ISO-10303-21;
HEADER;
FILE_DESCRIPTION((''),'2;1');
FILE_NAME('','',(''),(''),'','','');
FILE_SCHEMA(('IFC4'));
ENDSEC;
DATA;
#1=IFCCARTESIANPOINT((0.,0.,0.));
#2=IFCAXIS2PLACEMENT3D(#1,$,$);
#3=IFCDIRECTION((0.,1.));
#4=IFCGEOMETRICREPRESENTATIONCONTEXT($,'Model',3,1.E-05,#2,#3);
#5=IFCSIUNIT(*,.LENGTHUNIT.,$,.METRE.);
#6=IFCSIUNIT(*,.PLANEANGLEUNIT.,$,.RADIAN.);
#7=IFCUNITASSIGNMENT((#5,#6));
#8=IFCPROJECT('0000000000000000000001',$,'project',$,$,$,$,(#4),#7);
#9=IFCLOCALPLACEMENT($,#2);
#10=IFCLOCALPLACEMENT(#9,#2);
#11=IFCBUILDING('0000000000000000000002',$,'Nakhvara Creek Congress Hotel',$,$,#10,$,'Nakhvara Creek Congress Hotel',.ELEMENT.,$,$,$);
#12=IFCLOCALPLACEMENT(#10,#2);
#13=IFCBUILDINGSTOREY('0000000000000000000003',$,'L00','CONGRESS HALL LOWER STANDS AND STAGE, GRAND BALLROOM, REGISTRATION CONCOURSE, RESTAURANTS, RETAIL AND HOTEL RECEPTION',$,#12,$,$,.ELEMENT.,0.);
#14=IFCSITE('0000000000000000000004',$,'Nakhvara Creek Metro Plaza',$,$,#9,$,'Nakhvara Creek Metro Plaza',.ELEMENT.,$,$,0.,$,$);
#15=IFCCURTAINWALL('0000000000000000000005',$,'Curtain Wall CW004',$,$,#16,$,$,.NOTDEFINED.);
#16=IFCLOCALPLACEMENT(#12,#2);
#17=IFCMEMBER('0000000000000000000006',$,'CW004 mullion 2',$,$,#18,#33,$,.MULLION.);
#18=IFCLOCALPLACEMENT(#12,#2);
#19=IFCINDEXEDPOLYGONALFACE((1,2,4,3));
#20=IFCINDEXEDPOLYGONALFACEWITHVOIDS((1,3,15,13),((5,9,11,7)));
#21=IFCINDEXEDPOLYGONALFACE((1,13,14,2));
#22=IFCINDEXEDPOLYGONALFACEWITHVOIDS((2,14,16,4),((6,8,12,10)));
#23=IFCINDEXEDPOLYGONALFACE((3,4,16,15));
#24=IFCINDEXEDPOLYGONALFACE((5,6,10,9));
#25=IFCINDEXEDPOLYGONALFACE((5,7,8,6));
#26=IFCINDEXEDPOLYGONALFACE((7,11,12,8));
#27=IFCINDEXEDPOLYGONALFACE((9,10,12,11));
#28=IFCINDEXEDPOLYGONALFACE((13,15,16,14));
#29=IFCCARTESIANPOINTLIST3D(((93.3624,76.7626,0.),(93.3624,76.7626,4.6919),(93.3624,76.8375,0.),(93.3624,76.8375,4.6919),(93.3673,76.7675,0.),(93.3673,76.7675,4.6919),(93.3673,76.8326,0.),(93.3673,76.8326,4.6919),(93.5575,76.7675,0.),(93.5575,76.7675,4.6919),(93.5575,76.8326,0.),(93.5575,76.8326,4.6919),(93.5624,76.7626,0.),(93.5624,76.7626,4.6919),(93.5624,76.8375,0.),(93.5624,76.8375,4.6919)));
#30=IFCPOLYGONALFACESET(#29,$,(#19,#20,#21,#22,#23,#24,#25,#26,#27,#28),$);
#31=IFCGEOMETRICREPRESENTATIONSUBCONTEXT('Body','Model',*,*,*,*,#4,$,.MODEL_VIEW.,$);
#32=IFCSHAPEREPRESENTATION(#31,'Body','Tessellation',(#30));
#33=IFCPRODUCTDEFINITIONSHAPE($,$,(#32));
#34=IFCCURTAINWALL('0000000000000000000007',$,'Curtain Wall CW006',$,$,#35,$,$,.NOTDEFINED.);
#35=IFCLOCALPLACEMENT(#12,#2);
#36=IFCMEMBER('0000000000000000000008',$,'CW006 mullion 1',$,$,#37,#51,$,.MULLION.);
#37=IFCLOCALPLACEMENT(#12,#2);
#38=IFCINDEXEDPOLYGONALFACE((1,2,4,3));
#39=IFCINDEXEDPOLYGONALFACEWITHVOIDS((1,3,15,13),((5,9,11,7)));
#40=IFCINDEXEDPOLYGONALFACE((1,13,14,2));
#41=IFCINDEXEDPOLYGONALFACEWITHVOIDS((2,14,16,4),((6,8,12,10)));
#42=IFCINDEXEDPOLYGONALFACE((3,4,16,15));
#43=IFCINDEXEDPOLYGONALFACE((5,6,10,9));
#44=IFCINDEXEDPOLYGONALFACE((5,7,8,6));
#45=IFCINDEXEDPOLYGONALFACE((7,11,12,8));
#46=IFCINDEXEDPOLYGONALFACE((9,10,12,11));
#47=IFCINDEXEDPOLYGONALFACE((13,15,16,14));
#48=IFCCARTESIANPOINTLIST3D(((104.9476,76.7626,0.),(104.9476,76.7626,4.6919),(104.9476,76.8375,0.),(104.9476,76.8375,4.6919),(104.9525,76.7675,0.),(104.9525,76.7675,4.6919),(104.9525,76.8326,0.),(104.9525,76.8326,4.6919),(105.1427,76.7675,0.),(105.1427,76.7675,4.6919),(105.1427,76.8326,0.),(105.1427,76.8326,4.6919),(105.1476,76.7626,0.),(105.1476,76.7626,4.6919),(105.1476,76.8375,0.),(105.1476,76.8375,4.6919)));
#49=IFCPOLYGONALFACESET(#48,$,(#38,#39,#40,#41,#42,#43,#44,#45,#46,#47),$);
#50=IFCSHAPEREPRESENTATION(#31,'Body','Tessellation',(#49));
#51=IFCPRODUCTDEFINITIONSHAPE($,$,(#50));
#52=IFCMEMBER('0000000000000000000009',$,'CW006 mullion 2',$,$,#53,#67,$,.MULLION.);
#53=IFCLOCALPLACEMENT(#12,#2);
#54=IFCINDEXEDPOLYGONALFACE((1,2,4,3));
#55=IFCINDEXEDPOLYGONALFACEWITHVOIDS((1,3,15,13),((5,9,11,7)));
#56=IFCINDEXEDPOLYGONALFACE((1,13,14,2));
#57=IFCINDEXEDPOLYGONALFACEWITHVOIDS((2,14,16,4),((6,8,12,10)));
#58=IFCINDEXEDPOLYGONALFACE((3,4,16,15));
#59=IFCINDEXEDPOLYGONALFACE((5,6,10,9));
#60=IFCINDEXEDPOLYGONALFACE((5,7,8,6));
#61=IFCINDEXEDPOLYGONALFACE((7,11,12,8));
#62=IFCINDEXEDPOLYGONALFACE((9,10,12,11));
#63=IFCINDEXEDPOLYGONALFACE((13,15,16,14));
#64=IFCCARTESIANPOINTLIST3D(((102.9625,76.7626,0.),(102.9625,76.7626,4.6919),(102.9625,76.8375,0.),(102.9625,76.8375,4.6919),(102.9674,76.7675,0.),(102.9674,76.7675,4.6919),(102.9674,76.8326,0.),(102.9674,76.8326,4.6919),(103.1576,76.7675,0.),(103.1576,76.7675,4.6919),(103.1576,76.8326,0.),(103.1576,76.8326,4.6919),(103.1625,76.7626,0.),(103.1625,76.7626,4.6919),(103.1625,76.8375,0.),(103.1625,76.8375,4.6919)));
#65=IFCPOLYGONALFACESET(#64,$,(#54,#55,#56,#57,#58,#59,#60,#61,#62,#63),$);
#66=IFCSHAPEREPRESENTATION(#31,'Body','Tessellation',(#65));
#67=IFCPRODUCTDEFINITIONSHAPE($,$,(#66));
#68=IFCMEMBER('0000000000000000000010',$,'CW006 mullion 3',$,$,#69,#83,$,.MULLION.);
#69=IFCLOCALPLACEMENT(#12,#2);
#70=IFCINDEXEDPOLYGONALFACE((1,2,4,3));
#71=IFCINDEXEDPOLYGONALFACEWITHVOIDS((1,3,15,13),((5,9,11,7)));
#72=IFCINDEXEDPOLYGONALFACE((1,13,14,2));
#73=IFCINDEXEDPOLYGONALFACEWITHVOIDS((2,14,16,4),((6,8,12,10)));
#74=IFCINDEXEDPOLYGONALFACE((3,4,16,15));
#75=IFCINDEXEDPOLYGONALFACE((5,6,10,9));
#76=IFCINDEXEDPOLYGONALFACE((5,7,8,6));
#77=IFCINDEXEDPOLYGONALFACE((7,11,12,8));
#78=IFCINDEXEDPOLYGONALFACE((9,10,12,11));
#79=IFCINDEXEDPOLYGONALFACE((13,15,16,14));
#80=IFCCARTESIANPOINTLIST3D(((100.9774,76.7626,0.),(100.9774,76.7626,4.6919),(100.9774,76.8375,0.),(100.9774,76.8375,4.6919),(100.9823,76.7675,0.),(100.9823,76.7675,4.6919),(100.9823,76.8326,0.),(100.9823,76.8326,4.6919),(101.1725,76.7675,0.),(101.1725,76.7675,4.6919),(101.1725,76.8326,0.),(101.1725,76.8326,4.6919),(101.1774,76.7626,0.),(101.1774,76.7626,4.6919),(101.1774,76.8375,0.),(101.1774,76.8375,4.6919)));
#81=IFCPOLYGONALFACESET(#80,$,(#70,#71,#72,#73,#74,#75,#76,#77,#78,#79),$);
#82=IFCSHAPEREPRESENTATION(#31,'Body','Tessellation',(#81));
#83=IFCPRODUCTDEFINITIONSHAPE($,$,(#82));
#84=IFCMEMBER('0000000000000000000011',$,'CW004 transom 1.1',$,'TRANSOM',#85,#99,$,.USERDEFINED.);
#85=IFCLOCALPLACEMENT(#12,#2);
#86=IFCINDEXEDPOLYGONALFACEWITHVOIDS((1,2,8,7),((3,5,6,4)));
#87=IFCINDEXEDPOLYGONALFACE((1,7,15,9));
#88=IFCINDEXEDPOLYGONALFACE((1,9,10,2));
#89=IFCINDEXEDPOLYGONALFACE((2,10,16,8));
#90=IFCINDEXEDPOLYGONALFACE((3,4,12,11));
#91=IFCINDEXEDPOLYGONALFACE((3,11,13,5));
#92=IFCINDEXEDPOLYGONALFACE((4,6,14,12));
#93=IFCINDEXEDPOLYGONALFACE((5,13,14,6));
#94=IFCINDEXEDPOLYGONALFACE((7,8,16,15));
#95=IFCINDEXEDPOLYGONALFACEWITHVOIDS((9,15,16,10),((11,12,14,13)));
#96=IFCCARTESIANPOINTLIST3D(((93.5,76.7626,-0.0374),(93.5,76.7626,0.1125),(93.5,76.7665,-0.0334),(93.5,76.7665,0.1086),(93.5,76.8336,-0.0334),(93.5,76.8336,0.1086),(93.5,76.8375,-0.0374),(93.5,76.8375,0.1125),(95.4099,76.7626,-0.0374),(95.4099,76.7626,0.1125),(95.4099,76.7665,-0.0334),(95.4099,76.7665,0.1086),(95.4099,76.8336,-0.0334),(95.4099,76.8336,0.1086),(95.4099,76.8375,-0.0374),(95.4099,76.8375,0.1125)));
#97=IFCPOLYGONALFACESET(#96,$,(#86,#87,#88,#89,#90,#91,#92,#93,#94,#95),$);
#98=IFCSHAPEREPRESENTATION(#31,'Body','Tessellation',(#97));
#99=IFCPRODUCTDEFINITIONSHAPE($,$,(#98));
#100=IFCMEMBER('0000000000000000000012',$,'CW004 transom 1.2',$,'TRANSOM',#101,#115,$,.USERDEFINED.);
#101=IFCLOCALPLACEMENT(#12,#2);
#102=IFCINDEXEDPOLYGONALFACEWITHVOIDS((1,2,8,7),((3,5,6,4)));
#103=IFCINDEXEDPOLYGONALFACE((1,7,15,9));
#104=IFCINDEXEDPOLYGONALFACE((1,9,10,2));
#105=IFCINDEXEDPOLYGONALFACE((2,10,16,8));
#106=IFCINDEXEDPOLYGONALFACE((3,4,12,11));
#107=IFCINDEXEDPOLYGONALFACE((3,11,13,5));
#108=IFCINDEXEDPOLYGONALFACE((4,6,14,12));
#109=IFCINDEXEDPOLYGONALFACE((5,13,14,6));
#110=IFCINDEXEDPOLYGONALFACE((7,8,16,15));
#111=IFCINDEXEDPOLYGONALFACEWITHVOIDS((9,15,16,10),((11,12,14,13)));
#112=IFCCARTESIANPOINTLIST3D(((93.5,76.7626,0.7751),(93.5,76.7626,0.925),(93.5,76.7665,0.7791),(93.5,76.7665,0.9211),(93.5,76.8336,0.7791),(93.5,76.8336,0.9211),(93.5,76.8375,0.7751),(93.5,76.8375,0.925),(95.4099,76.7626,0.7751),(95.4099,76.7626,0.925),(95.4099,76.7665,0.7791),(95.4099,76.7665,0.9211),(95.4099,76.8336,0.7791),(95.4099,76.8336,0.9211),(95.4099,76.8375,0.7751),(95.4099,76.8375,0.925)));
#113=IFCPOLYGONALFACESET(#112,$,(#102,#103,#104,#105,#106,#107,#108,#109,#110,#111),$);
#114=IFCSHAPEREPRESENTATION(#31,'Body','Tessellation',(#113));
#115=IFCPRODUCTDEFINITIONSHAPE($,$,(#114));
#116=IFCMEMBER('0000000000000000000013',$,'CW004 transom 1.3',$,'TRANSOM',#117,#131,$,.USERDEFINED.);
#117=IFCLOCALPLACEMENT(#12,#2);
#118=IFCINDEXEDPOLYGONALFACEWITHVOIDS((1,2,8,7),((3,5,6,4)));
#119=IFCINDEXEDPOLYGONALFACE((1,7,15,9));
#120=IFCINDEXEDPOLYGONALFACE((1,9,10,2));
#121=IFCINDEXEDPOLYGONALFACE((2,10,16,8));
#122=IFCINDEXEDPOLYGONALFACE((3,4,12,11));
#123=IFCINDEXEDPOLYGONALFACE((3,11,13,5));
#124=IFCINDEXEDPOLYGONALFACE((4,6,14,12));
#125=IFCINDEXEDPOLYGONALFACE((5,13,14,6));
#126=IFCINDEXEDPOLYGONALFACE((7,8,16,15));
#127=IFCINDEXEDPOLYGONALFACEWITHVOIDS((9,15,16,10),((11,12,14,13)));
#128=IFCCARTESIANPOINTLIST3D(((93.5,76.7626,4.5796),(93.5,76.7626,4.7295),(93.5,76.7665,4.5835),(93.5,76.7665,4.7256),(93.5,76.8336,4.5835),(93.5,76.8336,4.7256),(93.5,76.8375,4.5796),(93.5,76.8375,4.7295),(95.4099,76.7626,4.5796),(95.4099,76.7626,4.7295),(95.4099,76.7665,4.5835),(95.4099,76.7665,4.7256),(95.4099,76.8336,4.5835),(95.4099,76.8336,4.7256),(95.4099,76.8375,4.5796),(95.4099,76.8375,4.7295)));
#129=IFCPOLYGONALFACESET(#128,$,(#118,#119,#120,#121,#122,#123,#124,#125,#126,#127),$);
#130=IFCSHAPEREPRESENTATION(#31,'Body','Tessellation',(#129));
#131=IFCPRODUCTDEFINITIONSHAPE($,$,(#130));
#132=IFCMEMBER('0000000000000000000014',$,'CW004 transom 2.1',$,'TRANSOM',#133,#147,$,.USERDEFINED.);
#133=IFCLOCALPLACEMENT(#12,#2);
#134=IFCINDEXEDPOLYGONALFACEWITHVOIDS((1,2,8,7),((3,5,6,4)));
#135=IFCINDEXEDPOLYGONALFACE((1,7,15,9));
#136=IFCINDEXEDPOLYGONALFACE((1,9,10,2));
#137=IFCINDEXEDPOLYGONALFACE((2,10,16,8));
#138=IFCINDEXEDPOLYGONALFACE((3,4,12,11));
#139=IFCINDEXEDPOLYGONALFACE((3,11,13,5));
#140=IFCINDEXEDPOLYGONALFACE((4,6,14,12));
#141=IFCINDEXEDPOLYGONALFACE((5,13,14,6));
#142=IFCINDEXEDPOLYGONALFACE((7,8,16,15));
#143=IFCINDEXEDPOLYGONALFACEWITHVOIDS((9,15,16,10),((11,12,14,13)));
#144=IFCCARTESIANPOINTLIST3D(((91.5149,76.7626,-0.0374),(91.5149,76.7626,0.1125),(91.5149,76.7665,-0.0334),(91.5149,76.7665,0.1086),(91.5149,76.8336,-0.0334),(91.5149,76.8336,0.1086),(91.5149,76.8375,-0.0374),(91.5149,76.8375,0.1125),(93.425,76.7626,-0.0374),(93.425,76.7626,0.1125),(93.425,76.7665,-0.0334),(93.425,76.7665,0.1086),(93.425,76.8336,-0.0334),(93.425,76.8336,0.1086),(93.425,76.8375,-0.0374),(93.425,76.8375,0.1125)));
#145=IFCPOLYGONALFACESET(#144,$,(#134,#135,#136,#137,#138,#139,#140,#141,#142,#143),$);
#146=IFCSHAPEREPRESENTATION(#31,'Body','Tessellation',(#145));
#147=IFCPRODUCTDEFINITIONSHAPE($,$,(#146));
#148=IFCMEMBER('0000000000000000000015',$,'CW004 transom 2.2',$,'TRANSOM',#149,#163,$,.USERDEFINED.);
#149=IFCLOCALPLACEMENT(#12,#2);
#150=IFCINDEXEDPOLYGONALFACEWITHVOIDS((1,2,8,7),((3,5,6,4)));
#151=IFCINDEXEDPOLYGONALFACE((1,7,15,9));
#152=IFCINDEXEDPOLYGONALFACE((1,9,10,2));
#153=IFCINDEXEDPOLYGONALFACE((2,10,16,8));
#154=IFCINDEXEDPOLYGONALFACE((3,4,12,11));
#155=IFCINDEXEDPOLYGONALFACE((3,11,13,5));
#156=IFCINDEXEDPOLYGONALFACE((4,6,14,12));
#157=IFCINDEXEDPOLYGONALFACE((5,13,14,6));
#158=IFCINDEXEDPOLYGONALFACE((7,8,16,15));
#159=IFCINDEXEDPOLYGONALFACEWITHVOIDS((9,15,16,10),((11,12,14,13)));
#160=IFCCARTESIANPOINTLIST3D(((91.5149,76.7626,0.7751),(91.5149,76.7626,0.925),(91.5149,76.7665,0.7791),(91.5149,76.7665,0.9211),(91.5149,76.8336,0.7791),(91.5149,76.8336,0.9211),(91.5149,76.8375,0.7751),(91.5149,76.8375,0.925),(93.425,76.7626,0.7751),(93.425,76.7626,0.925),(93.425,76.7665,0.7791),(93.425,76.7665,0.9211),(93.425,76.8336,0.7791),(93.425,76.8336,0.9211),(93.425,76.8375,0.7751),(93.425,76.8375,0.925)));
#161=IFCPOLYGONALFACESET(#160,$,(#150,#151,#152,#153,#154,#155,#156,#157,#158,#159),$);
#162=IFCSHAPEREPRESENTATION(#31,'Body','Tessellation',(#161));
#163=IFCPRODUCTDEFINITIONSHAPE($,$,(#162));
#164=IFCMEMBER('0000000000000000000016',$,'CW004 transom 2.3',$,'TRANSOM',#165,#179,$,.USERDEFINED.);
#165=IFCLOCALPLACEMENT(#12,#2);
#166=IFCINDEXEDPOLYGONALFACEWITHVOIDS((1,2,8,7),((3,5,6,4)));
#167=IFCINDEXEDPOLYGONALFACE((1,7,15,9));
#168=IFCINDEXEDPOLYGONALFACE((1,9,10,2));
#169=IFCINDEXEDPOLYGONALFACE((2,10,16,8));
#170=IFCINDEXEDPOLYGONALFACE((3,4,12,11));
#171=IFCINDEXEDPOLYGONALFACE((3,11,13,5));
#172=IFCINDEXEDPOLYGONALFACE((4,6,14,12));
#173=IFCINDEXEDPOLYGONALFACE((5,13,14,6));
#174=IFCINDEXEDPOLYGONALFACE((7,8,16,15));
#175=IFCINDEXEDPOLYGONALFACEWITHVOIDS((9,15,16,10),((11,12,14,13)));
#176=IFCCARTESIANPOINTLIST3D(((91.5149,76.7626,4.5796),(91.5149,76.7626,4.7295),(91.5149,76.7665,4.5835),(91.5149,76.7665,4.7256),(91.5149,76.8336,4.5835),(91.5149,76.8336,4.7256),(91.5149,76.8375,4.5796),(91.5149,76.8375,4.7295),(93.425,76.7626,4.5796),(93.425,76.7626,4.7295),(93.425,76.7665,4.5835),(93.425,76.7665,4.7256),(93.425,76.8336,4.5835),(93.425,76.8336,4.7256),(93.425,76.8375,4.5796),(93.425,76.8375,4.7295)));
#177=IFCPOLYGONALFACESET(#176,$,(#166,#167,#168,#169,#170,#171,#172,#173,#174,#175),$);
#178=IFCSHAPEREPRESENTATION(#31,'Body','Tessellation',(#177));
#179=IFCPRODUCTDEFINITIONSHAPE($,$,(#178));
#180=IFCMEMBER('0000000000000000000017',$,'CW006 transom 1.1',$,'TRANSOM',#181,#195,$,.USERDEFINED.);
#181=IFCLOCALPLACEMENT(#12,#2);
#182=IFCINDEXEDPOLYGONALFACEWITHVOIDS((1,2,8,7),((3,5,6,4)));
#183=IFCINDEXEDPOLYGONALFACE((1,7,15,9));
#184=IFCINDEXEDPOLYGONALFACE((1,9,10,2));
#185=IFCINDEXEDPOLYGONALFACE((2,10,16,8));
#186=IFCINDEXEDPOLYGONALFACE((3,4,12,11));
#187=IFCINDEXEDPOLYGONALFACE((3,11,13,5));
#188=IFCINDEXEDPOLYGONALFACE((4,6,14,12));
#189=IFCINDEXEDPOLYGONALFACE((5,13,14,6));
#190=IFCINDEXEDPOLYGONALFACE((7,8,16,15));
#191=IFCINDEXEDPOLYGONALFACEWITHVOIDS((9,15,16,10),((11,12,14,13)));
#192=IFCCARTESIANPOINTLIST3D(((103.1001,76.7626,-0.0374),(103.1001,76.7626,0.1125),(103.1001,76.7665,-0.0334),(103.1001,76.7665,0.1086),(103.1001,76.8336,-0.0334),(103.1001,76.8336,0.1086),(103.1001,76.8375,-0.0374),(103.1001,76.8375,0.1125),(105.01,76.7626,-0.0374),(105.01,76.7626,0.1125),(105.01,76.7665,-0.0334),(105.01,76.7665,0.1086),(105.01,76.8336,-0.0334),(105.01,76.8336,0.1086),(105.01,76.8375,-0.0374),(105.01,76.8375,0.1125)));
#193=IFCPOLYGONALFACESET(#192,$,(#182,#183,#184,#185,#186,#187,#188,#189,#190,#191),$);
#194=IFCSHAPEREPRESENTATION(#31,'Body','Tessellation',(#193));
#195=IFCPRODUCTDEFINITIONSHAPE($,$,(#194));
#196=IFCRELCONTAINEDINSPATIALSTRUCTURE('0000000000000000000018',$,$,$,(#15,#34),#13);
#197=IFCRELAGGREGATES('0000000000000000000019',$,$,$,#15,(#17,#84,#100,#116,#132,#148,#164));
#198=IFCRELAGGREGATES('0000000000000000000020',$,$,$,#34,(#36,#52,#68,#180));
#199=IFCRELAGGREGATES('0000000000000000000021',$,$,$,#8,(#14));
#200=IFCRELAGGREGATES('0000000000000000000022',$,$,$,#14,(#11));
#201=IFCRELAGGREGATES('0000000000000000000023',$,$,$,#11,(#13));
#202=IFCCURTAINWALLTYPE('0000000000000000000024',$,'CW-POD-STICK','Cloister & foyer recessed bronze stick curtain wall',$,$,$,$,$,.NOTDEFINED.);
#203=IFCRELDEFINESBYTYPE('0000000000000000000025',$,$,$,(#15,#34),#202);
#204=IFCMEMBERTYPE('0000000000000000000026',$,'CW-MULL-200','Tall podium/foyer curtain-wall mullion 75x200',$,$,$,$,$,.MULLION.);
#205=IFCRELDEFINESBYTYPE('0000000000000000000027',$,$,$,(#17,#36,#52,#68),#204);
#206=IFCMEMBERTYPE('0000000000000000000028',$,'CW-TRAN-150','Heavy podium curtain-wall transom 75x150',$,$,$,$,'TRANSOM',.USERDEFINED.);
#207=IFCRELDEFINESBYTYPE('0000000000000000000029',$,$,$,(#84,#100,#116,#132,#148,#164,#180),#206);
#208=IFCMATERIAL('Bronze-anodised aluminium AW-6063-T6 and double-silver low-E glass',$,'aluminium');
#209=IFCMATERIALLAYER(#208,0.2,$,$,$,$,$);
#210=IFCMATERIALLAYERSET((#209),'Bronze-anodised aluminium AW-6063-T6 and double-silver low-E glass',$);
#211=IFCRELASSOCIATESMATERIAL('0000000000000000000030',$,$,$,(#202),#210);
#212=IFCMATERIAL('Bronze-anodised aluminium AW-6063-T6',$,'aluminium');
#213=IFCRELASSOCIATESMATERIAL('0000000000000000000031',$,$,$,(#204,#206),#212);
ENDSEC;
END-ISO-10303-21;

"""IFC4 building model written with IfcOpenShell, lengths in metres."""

from ifc_helpers import new_model, si_unit, direction, frame, origin, origin_2d, place, context, subcontext, project, spatial, hollow_rectangle, extrude, material, layer, layer_set, material_profile, profile_set, type_object, element, aggregate, save


model = new_model("IFC4")

# Units and contexts
model_context = context("Model", 3, precision=1e-05, world=origin(), true_north=direction((0.0, 1.0)))
body_context = subcontext(model_context, "Body", "Model", "MODEL_VIEW")
ifc_project = project(units=[si_unit("LENGTHUNIT", "METRE"), si_unit("PLANEANGLEUNIT", "RADIAN")], contexts=[model_context])

# Site, building, storey
site_placement = place(None, origin())
site = spatial("IfcSite", under=ifc_project, at=site_placement, Name="Nakhvara Creek Metro Plaza", LongName="Nakhvara Creek Metro Plaza", CompositionType="ELEMENT", RefElevation=0.0)
building_placement = place(site_placement, origin())
building = spatial("IfcBuilding", under=site, at=building_placement, Name="Nakhvara Creek Congress Hotel", LongName="Nakhvara Creek Congress Hotel", CompositionType="ELEMENT")
storey_placement = place(building_placement, origin())
storey = spatial("IfcBuildingStorey", under=building, at=storey_placement, Name="L00", Description="CONGRESS HALL LOWER STANDS AND STAGE, GRAND BALLROOM, REGISTRATION CONCOURSE, RESTAURANTS, RETAIL AND HOTEL RECEPTION", CompositionType="ELEMENT", Elevation=0.0)

# Curtain walls, members
ifc_material_1 = material(Name="Bronze-anodised aluminium AW-6063-T6 and double-silver low-E glass", Category="aluminium")
ifc_layer = layer(ifc_material_1, 0.2)
ifc_layer_set = layer_set([ifc_layer], Name="Bronze-anodised aluminium AW-6063-T6 and double-silver low-E glass")
curtain_wall_type = type_object("IfcCurtainWallType", Name="CW-POD-STICK", Description="Cloister & foyer recessed bronze stick curtain wall", PredefinedType="NOTDEFINED", material=ifc_layer_set)
curtain_wall_1_placement = place(storey_placement, origin())
curtain_wall_1 = element("IfcCurtainWall", 1, at=curtain_wall_1_placement, inside=storey, type_object=curtain_wall_type, Name="Curtain Wall CW004", PredefinedType="NOTDEFINED")
ifc_material_2 = material(Name="Bronze-anodised aluminium AW-6063-T6", Category="aluminium")
ifc_material_profile_1 = material_profile(ifc_material_2, hollow_rectangle(XDim=0.075, YDim=0.2, WallThickness=0.0049, at=origin_2d()), Name="ALU-MULL 75x200x5", Category="LoadBearing")
ifc_profile_set_1 = profile_set([ifc_material_profile_1], Name="Bronze-anodised aluminium AW-6063-T6")
member_type_1 = type_object("IfcMemberType", Name="CW-MULL-200", Description="Tall podium/foyer curtain-wall mullion 75x200", PredefinedType="MULLION", material=ifc_profile_set_1)
member_1_placement = place(storey_placement, frame((93.4624, 76.8, 0.0), z_axis=(0.0, 0.0, 1.0), x_axis=(0.0, -1.0, 0.0)))
member_1 = element("IfcMember", 2, at=member_1_placement, type_object=member_type_1, Name="CW004 mullion 2", PredefinedType="MULLION", context=body_context, shape_type="SweptSolid", body=[
    extrude(hollow_rectangle(XDim=0.075, YDim=0.2, WallThickness=0.0049, at=origin_2d()), origin(), (0.0, 0.0, 1.0), 4.6919),
])
curtain_wall_2_placement = place(storey_placement, origin())
curtain_wall_2 = element("IfcCurtainWall", 3, at=curtain_wall_2_placement, inside=storey, type_object=curtain_wall_type, Name="Curtain Wall CW006", PredefinedType="NOTDEFINED")
member_2_placement = place(storey_placement, frame((105.0476, 76.8, 0.0), z_axis=(0.0, 0.0, 1.0), x_axis=(0.0, -1.0, 0.0)))
member_2 = element("IfcMember", 4, at=member_2_placement, type_object=member_type_1, Name="CW006 mullion 1", PredefinedType="MULLION", context=body_context, shape_type="SweptSolid", body=[
    extrude(hollow_rectangle(XDim=0.075, YDim=0.2, WallThickness=0.0049, at=origin_2d()), origin(), (0.0, 0.0, 1.0), 4.6919),
])
member_3_placement = place(storey_placement, frame((103.0625, 76.8, 0.0), z_axis=(0.0, 0.0, 1.0), x_axis=(0.0, -1.0, 0.0)))
member_3 = element("IfcMember", 5, at=member_3_placement, type_object=member_type_1, Name="CW006 mullion 2", PredefinedType="MULLION", context=body_context, shape_type="SweptSolid", body=[
    extrude(hollow_rectangle(XDim=0.075, YDim=0.2, WallThickness=0.0049, at=origin_2d()), origin(), (0.0, 0.0, 1.0), 4.6919),
])
member_4_placement = place(storey_placement, frame((101.0774, 76.8, 0.0), z_axis=(0.0, 0.0, 1.0), x_axis=(0.0, -1.0, 0.0)))
member_4 = element("IfcMember", 6, at=member_4_placement, type_object=member_type_1, Name="CW006 mullion 3", PredefinedType="MULLION", context=body_context, shape_type="SweptSolid", body=[
    extrude(hollow_rectangle(XDim=0.075, YDim=0.2, WallThickness=0.0049, at=origin_2d()), origin(), (0.0, 0.0, 1.0), 4.6919),
])

# Members
ifc_material_profile_2 = material_profile(ifc_material_2, hollow_rectangle(XDim=0.075, YDim=0.1499, WallThickness=0.0039, at=origin_2d()), Name="ALU-TRAN 75x150x4", Category="LoadBearing")
ifc_profile_set_2 = profile_set([ifc_material_profile_2], Name="Bronze-anodised aluminium AW-6063-T6")
member_type_2 = type_object("IfcMemberType", Name="CW-TRAN-150", Description="Heavy podium curtain-wall transom 75x150", ElementType="TRANSOM", PredefinedType="USERDEFINED", material=ifc_profile_set_2)
member_5_placement = place(storey_placement, frame((95.4099, 76.8, 0.0376), z_axis=(-1.0, 0.0, 0.0), x_axis=(0.0, -1.0, 0.0)))
member_5 = element("IfcMember", 7, at=member_5_placement, type_object=member_type_2, Name="CW004 transom 1.1", ObjectType="TRANSOM", PredefinedType="USERDEFINED", context=body_context, shape_type="SweptSolid", body=[
    extrude(hollow_rectangle(XDim=0.075, YDim=0.1499, WallThickness=0.0039, at=origin_2d()), origin(), (0.0, 0.0, 1.0), 1.9099),
])
member_6_placement = place(storey_placement, frame((95.4099, 76.8, 0.8501), z_axis=(-1.0, 0.0, 0.0), x_axis=(0.0, -1.0, 0.0)))
member_6 = element("IfcMember", 8, at=member_6_placement, type_object=member_type_2, Name="CW004 transom 1.2", ObjectType="TRANSOM", PredefinedType="USERDEFINED", context=body_context, shape_type="SweptSolid", body=[
    extrude(hollow_rectangle(XDim=0.075, YDim=0.1499, WallThickness=0.0039, at=origin_2d()), origin(), (0.0, 0.0, 1.0), 1.9099),
])
member_7_placement = place(storey_placement, frame((95.4099, 76.8, 4.6545), z_axis=(-1.0, 0.0, 0.0), x_axis=(0.0, -1.0, 0.0)))
member_7 = element("IfcMember", 9, at=member_7_placement, type_object=member_type_2, Name="CW004 transom 1.3", ObjectType="TRANSOM", PredefinedType="USERDEFINED", context=body_context, shape_type="SweptSolid", body=[
    extrude(hollow_rectangle(XDim=0.075, YDim=0.1499, WallThickness=0.0039, at=origin_2d()), origin(), (0.0, 0.0, 1.0), 1.9099),
])
member_8_placement = place(storey_placement, frame((93.425, 76.8, 0.0376), z_axis=(-1.0, 0.0, 0.0), x_axis=(0.0, -1.0, 0.0)))
member_8 = element("IfcMember", 10, at=member_8_placement, type_object=member_type_2, Name="CW004 transom 2.1", ObjectType="TRANSOM", PredefinedType="USERDEFINED", context=body_context, shape_type="SweptSolid", body=[
    extrude(hollow_rectangle(XDim=0.075, YDim=0.1499, WallThickness=0.0039, at=origin_2d()), origin(), (0.0, 0.0, 1.0), 1.9102),
])
member_9_placement = place(storey_placement, frame((93.425, 76.8, 0.8501), z_axis=(-1.0, 0.0, 0.0), x_axis=(0.0, -1.0, 0.0)))
member_9 = element("IfcMember", 11, at=member_9_placement, type_object=member_type_2, Name="CW004 transom 2.2", ObjectType="TRANSOM", PredefinedType="USERDEFINED", context=body_context, shape_type="SweptSolid", body=[
    extrude(hollow_rectangle(XDim=0.075, YDim=0.1499, WallThickness=0.0039, at=origin_2d()), origin(), (0.0, 0.0, 1.0), 1.9102),
])
member_10_placement = place(storey_placement, frame((93.425, 76.8, 4.6545), z_axis=(-1.0, 0.0, 0.0), x_axis=(0.0, -1.0, 0.0)))
member_10 = element("IfcMember", 12, at=member_10_placement, type_object=member_type_2, Name="CW004 transom 2.3", ObjectType="TRANSOM", PredefinedType="USERDEFINED", context=body_context, shape_type="SweptSolid", body=[
    extrude(hollow_rectangle(XDim=0.075, YDim=0.1499, WallThickness=0.0039, at=origin_2d()), origin(), (0.0, 0.0, 1.0), 1.9102),
])
member_11_placement = place(storey_placement, frame((105.01, 76.8, 0.0376), z_axis=(-1.0, 0.0, 0.0), x_axis=(0.0, -1.0, 0.0)))
member_11 = element("IfcMember", 13, at=member_11_placement, type_object=member_type_2, Name="CW006 transom 1.1", ObjectType="TRANSOM", PredefinedType="USERDEFINED", context=body_context, shape_type="SweptSolid", body=[
    extrude(hollow_rectangle(XDim=0.075, YDim=0.1499, WallThickness=0.0039, at=origin_2d()), origin(), (0.0, 0.0, 1.0), 1.9099),
])

aggregate(curtain_wall_1, [member_1, member_5, member_6, member_7, member_8, member_9, member_10])
aggregate(curtain_wall_2, [member_2, member_3, member_4, member_11])

save(model, "model.ifc")
